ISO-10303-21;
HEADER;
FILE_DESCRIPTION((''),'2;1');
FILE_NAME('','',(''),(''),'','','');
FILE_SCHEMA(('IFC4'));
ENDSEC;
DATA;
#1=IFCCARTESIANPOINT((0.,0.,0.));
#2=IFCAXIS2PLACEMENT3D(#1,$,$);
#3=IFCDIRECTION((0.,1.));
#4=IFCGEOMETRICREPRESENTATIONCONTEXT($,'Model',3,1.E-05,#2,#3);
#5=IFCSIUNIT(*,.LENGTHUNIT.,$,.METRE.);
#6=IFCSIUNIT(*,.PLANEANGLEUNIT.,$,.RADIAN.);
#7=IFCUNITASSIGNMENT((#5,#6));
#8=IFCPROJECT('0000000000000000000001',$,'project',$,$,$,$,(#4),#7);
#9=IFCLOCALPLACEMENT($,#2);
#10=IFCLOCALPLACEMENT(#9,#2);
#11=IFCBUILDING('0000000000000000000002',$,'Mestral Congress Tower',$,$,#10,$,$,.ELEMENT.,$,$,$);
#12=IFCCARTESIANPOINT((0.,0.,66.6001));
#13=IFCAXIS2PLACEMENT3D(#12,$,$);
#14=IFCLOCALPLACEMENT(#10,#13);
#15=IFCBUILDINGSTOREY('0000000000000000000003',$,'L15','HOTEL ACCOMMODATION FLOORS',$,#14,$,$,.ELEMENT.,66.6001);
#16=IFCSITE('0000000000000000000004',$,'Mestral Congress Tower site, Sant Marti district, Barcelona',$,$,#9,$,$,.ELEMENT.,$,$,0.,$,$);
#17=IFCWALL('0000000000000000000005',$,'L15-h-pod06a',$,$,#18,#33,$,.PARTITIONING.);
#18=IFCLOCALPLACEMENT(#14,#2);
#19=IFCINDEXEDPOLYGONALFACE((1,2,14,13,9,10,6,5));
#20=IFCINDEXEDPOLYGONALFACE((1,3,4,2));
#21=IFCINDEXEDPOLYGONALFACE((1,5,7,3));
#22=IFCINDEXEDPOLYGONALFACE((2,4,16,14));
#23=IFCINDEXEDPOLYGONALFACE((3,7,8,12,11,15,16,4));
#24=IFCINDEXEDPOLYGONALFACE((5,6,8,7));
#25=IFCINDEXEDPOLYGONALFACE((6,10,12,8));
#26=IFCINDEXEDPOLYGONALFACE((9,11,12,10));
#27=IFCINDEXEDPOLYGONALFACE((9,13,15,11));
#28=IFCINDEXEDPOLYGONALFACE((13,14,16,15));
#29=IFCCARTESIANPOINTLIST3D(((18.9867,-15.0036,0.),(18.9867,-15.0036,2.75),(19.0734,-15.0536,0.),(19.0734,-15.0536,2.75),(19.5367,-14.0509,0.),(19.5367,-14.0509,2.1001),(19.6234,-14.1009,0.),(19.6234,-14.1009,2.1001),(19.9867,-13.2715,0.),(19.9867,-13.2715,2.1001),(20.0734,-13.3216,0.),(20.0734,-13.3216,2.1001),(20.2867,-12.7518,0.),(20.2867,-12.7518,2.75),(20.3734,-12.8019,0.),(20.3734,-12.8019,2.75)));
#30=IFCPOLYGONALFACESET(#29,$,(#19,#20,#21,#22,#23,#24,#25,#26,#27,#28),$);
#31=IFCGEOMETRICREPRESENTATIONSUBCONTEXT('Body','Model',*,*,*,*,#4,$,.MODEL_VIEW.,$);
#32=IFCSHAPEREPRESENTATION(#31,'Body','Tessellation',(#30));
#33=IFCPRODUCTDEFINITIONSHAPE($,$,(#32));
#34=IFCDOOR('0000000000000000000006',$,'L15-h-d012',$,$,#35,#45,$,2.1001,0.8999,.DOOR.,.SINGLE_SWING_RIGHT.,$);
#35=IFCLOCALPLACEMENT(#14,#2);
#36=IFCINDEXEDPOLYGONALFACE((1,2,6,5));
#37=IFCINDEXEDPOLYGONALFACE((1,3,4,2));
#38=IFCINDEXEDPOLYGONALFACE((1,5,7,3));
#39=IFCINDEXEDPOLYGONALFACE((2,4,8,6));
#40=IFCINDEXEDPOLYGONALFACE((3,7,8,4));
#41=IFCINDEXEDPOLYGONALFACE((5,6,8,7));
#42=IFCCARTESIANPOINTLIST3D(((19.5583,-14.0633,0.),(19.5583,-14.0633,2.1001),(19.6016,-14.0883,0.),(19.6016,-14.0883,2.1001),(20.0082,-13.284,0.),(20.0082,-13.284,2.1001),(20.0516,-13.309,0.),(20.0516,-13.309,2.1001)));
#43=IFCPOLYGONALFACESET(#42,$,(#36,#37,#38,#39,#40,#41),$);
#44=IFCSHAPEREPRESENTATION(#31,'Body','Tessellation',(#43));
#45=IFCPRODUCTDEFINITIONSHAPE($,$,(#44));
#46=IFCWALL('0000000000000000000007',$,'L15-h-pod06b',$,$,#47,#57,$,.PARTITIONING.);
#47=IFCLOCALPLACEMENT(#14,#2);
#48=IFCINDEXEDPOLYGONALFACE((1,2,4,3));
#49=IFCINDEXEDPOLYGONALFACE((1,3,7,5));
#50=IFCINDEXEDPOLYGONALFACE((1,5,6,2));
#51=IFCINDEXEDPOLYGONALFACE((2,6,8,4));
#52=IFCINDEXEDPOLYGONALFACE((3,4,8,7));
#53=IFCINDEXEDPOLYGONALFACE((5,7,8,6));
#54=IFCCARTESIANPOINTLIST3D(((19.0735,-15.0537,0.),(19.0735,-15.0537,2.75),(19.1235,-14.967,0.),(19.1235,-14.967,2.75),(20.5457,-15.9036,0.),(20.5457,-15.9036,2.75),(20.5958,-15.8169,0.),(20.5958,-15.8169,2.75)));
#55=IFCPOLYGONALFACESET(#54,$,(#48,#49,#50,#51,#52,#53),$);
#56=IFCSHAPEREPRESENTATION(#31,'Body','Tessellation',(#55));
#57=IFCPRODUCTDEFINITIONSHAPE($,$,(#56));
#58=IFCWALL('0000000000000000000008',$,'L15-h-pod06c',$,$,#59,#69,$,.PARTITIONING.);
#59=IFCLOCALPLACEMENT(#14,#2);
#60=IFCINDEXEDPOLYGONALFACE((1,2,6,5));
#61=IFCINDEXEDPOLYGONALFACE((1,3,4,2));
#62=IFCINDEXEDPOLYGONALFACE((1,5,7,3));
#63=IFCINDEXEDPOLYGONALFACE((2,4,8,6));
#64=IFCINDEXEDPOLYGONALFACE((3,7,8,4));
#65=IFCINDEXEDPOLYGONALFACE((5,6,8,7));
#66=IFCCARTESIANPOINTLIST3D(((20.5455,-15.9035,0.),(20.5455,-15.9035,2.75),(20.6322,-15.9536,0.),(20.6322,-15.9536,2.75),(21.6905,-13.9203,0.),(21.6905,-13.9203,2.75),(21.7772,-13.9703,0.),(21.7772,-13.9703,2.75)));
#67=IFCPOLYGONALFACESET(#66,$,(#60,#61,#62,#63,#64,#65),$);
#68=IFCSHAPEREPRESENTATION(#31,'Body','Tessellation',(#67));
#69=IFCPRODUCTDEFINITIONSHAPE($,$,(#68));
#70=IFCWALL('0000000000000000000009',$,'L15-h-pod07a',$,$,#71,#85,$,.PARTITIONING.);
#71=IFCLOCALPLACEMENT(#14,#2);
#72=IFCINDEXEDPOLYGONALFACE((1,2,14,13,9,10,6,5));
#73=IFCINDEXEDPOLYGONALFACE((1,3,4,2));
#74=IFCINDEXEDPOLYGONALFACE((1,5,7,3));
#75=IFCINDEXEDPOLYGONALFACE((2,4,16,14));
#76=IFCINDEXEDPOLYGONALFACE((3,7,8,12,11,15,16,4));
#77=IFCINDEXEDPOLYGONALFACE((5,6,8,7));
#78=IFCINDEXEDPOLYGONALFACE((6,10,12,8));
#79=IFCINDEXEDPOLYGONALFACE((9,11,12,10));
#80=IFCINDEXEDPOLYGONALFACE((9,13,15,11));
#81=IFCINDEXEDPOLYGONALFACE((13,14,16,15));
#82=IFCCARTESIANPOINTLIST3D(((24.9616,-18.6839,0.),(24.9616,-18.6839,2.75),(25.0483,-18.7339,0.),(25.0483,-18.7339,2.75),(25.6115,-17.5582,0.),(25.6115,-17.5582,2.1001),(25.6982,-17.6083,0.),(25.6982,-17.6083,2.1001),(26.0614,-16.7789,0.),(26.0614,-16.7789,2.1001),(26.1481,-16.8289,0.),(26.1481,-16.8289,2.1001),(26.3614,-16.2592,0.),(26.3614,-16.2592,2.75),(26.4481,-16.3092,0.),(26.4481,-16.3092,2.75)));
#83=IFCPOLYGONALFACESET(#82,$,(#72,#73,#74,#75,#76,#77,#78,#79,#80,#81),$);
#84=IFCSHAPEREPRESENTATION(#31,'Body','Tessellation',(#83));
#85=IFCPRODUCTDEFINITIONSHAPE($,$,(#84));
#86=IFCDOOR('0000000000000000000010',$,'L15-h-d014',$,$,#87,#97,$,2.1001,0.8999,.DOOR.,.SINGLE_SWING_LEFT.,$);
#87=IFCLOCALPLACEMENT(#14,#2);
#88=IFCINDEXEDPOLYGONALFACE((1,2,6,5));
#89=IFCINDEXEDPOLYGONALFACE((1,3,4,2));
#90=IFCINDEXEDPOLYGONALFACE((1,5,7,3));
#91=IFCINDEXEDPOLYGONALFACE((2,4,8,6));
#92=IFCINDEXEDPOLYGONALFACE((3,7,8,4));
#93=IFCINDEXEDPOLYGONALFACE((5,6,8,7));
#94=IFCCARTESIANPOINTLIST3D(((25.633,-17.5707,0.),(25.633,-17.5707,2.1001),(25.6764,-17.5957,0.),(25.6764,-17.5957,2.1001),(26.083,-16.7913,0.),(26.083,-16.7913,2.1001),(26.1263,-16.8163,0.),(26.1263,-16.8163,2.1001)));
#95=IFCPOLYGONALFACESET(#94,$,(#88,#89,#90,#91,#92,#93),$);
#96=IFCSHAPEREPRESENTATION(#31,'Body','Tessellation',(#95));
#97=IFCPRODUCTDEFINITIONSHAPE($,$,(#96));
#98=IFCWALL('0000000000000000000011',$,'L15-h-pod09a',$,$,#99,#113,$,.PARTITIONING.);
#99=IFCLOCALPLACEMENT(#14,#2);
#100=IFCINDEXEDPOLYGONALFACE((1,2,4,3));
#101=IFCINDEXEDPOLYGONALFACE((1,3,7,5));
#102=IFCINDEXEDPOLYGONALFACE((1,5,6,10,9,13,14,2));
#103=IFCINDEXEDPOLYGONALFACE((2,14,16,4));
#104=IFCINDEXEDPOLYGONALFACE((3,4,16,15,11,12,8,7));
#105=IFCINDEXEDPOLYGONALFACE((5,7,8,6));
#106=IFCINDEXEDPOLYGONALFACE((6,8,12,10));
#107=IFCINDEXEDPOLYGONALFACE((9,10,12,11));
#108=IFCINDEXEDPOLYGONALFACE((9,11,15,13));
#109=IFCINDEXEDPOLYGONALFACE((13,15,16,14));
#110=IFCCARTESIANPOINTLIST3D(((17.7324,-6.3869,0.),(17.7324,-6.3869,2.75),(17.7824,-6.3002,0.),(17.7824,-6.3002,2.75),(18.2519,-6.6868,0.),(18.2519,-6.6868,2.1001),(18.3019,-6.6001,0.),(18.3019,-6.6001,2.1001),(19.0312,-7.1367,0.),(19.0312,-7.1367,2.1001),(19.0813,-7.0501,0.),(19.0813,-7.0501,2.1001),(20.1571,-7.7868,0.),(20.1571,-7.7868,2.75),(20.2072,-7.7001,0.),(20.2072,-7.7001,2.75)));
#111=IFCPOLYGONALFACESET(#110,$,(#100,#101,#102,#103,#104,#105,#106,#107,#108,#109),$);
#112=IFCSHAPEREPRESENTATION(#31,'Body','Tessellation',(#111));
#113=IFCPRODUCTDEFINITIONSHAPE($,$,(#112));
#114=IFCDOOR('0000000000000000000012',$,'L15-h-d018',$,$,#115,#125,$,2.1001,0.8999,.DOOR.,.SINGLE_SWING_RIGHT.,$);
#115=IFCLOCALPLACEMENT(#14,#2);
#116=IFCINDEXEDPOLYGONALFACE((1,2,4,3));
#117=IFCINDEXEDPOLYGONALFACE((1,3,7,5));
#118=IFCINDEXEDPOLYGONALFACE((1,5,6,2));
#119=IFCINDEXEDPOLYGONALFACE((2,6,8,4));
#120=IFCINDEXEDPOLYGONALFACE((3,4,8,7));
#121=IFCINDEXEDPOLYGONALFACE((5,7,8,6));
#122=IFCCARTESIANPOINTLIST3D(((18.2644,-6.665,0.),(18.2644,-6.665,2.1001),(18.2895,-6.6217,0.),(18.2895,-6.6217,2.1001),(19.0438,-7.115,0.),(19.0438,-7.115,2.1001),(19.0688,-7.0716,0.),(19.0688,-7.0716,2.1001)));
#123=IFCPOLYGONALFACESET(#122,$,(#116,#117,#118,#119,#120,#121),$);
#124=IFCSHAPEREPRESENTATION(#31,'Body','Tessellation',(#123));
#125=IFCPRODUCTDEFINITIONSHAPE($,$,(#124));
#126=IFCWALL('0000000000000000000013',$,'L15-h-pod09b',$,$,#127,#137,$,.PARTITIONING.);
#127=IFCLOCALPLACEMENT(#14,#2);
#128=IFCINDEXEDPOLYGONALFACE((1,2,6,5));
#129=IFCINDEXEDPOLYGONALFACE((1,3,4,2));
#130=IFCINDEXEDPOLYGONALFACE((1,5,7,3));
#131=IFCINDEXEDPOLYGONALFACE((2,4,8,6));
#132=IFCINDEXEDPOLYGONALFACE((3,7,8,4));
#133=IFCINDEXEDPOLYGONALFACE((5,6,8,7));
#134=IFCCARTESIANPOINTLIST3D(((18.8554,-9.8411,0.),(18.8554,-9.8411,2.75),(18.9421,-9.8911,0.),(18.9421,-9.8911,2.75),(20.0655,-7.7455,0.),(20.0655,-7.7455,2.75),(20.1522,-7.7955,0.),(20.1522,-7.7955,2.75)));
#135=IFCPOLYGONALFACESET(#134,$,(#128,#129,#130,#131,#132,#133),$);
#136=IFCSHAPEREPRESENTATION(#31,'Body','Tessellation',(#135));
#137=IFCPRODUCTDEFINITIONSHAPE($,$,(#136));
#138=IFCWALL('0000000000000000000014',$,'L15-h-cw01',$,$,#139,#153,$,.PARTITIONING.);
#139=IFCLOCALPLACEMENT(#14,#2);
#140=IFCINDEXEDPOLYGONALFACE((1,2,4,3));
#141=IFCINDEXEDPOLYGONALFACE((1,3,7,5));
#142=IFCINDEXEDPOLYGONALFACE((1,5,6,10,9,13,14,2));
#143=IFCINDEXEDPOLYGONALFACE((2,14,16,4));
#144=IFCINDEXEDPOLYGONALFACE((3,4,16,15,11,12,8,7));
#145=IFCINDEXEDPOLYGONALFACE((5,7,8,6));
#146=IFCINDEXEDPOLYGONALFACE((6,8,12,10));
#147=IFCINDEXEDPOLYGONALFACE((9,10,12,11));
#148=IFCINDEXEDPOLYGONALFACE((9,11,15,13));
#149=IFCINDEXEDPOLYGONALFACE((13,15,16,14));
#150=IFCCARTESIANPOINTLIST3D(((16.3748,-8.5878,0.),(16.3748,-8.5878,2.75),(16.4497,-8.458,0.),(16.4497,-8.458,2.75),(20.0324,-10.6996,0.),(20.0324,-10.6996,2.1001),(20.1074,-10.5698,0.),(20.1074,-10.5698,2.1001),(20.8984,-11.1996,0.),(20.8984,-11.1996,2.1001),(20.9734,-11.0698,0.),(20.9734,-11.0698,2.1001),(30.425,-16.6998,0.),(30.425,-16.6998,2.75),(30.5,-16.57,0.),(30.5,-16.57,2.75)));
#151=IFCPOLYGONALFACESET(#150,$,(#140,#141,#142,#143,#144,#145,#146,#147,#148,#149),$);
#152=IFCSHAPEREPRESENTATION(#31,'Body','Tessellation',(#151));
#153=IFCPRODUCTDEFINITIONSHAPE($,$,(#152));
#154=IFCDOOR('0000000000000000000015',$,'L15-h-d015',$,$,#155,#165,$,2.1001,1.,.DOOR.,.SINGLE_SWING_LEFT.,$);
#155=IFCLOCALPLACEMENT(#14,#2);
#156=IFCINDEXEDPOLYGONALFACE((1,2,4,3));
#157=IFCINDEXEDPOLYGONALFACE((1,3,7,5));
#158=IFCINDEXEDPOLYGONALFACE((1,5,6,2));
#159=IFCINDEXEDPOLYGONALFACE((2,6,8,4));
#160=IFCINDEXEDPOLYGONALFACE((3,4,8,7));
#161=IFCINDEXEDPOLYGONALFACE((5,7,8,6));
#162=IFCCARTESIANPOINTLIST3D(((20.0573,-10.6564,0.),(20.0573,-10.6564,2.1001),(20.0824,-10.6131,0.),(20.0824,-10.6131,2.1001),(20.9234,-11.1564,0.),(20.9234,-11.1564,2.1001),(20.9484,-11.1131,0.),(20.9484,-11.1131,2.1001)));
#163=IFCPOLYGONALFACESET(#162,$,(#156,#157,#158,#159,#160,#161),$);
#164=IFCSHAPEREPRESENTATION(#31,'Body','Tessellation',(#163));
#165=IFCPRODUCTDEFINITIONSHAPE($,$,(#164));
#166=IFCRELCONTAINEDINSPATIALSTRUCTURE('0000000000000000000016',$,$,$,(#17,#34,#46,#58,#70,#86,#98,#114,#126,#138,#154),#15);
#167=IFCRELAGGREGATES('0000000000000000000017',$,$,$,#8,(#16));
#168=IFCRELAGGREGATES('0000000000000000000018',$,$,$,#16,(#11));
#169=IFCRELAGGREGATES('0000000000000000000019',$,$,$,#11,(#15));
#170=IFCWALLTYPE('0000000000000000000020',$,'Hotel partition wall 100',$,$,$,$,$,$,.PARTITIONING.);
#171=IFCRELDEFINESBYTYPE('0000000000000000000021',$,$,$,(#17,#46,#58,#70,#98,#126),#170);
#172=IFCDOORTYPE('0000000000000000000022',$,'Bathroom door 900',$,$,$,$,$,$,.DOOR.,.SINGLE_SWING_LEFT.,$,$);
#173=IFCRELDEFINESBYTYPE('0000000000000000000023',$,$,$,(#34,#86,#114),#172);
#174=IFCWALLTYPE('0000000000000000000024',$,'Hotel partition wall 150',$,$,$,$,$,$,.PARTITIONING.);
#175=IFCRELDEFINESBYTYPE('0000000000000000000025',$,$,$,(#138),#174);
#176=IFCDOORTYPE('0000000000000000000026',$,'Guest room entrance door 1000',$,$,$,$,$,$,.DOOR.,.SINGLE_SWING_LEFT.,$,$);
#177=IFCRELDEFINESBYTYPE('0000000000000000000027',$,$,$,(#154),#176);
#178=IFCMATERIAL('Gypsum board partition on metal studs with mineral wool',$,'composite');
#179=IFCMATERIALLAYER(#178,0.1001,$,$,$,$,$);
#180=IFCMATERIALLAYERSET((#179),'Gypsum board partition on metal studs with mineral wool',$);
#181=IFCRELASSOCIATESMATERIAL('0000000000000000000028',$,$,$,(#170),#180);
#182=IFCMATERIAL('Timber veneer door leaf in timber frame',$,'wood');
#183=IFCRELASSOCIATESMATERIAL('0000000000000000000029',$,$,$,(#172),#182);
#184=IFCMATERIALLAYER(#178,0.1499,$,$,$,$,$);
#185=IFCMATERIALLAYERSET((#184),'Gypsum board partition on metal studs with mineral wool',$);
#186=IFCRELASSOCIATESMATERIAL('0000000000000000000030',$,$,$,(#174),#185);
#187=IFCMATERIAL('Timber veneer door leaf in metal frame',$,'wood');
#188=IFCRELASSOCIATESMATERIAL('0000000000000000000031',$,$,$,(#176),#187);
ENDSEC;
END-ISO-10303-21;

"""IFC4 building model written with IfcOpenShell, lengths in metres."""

from ifc_helpers import new_model, si_unit, direction, frame, frame_2d, origin, place, context, subcontext, project, spatial, rectangle, extrude, material, layer, layer_set, type_object, element, fill, save


model = new_model("IFC4")

# Units and contexts
model_context = context("Model", 3, precision=1e-05, world=origin(), true_north=direction((0.0, 1.0)))
body_context = subcontext(model_context, "Body", "Model", "MODEL_VIEW")
ifc_project = project(units=[si_unit("LENGTHUNIT", "METRE"), si_unit("PLANEANGLEUNIT", "RADIAN")], contexts=[model_context])

# Site, building, storey
site_placement = place(None, origin())
site = spatial("IfcSite", under=ifc_project, at=site_placement, Name="Mestral Congress Tower site, Sant Marti district, Barcelona", CompositionType="ELEMENT", RefElevation=0.0)
building_placement = place(site_placement, origin())
building = spatial("IfcBuilding", under=site, at=building_placement, Name="Mestral Congress Tower", CompositionType="ELEMENT")
storey_placement = place(building_placement, frame((0.0, 0.0, 66.6001)))
storey = spatial("IfcBuildingStorey", under=building, at=storey_placement, Name="L15", Description="HOTEL ACCOMMODATION FLOORS", CompositionType="ELEMENT", Elevation=66.6001)

# Wall, opening, door
ifc_material_1 = material(Name="Gypsum board partition on metal studs with mineral wool", Category="composite")
ifc_layer_1 = layer(ifc_material_1, 0.1001)
ifc_layer_set_1 = layer_set([ifc_layer_1], Name="Gypsum board partition on metal studs with mineral wool")
wall_type_1 = type_object("IfcWallType", Name="Hotel partition wall 100", PredefinedType="PARTITIONING", material=ifc_layer_set_1)
wall_1_placement = place(storey_placement, frame((20.3301, -12.7769, 0.0), z_axis=(0.0, 0.0, 1.0), x_axis=(-0.500007, -0.866021, 0.0)))
wall_1 = element("IfcWall", 1, at=wall_1_placement, inside=storey, type_object=wall_type_1, Name="L15-h-pod06a", PredefinedType="PARTITIONING", context=body_context, shape_type="SweptSolid", body=[
    extrude(rectangle(XDim=2.6001, YDim=0.1001, at=frame_2d((1.3, 0.0))), origin(), (0.0, 0.0, 1.0), 2.75),
])
opening_1_placement = place(wall_1_placement, frame((0.6001, 0.0, 0.0)))
opening_1 = element("IfcOpeningElement", 2, at=opening_1_placement, cuts=wall_1, PredefinedType="OPENING", context=body_context, shape_type="SweptSolid", body=[
    extrude(rectangle(XDim=0.8999, YDim=2.1001, at=frame_2d((0.45, 1.05))), frame((0.0, 0.0601, 0.0), z_axis=(0.0, -1.0, 0.0), x_axis=(1.0, 0.0, 0.0)), (0.0, 0.0, 1.0), 0.1201),
])
ifc_material_2 = material(Name="Timber veneer door leaf in timber frame", Category="wood")
door_type_1 = type_object("IfcDoorType", Name="Bathroom door 900", OperationType="SINGLE_SWING_LEFT", PredefinedType="DOOR", material=ifc_material_2)
door_1_placement = place(opening_1_placement, origin())
door_1 = element("IfcDoor", 3, at=door_1_placement, inside=storey, type_object=door_type_1, Name="L15-h-d012", OperationType="SINGLE_SWING_RIGHT", OverallHeight=2.1001, OverallWidth=0.8999, PredefinedType="DOOR", context=body_context, shape_type="SweptSolid", body=[
    extrude(rectangle(XDim=0.8999, YDim=2.1001, at=frame_2d((0.45, 1.05))), frame((0.0, 0.0249, 0.0), z_axis=(0.0, -1.0, 0.0), x_axis=(1.0, 0.0, 0.0)), (0.0, 0.0, 1.0), 0.05),
])
fill(opening_1, door_1)

# Walls
wall_2_placement = place(storey_placement, frame((19.0984, -15.0103, 0.0), z_axis=(0.0, 0.0, 1.0), x_axis=(0.866052, -0.499955, 0.0)))
element("IfcWall", 4, at=wall_2_placement, inside=storey, type_object=wall_type_1, Name="L15-h-pod06b", PredefinedType="PARTITIONING", context=body_context, shape_type="SweptSolid", body=[
    extrude(rectangle(XDim=1.7, YDim=0.1001, at=frame_2d((0.8501, 0.0))), origin(), (0.0, 0.0, 1.0), 2.75),
])
wall_3_placement = place(storey_placement, frame((21.7339, -13.9453, 0.0), z_axis=(0.0, 0.0, 1.0), x_axis=(-0.500015, -0.866017, 0.0)))
element("IfcWall", 5, at=wall_3_placement, inside=storey, type_object=wall_type_1, Name="L15-h-pod06c", PredefinedType="PARTITIONING", context=body_context, shape_type="SweptSolid", body=[
    extrude(rectangle(XDim=2.29, YDim=0.1001, at=frame_2d((1.145, 0.0))), origin(), (0.0, 0.0, 1.0), 2.75),
])

# Walls, openings, doors
wall_4_placement = place(storey_placement, frame((26.4048, -16.2842, 0.0), z_axis=(0.0, 0.0, 1.0), x_axis=(-0.499984, -0.866035, 0.0)))
wall_4 = element("IfcWall", 6, at=wall_4_placement, inside=storey, type_object=wall_type_1, Name="L15-h-pod07a", PredefinedType="PARTITIONING", context=body_context, shape_type="SweptSolid", body=[
    extrude(rectangle(XDim=2.7998, YDim=0.1001, at=frame_2d((1.3999, 0.0))), origin(), (0.0, 0.0, 1.0), 2.75),
])
opening_2_placement = place(wall_4_placement, frame((0.6001, 0.0, 0.0)))
opening_2 = element("IfcOpeningElement", 7, at=opening_2_placement, cuts=wall_4, PredefinedType="OPENING", context=body_context, shape_type="SweptSolid", body=[
    extrude(rectangle(XDim=0.8999, YDim=2.1001, at=frame_2d((0.45, 1.05))), frame((0.0, 0.0601, 0.0), z_axis=(0.0, -1.0, 0.0), x_axis=(1.0, 0.0, 0.0)), (0.0, 0.0, 1.0), 0.1201),
])
door_2_placement = place(opening_2_placement, origin())
door_2 = element("IfcDoor", 8, at=door_2_placement, inside=storey, type_object=door_type_1, Name="L15-h-d014", OperationType="SINGLE_SWING_LEFT", OverallHeight=2.1001, OverallWidth=0.8999, PredefinedType="DOOR", context=body_context, shape_type="SweptSolid", body=[
    extrude(rectangle(XDim=0.8999, YDim=2.1001, at=frame_2d((0.45, 1.05))), frame((0.0, 0.0249, 0.0), z_axis=(0.0, -1.0, 0.0), x_axis=(1.0, 0.0, 0.0)), (0.0, 0.0, 1.0), 0.05),
])
fill(opening_2, door_2)
wall_5_placement = place(storey_placement, frame((20.1821, -7.7434, 0.0), z_axis=(0.0, 0.0, 1.0), x_axis=(-0.866035, 0.499984, 0.0)))
wall_5 = element("IfcWall", 9, at=wall_5_placement, inside=storey, type_object=wall_type_1, Name="L15-h-pod09a", PredefinedType="PARTITIONING", context=body_context, shape_type="SweptSolid", body=[
    extrude(rectangle(XDim=2.7998, YDim=0.1001, at=frame_2d((1.3999, 0.0))), origin(), (0.0, 0.0, 1.0), 2.75),
])
opening_3_placement = place(wall_5_placement, frame((1.3, 0.0, 0.0)))
opening_3 = element("IfcOpeningElement", 10, at=opening_3_placement, cuts=wall_5, PredefinedType="OPENING", context=body_context, shape_type="SweptSolid", body=[
    extrude(rectangle(XDim=0.8999, YDim=2.1001, at=frame_2d((0.45, 1.05))), frame((0.0, 0.0601, 0.0), z_axis=(0.0, -1.0, 0.0), x_axis=(1.0, 0.0, 0.0)), (0.0, 0.0, 1.0), 0.1201),
])
door_3_placement = place(opening_3_placement, origin())
door_3 = element("IfcDoor", 11, at=door_3_placement, inside=storey, type_object=door_type_1, Name="L15-h-d018", OperationType="SINGLE_SWING_RIGHT", OverallHeight=2.1001, OverallWidth=0.8999, PredefinedType="DOOR", context=body_context, shape_type="SweptSolid", body=[
    extrude(rectangle(XDim=0.8999, YDim=2.1001, at=frame_2d((0.45, 1.05))), frame((0.0, 0.0249, 0.0), z_axis=(0.0, -1.0, 0.0), x_axis=(1.0, 0.0, 0.0)), (0.0, 0.0, 1.0), 0.05),
])
fill(opening_3, door_3)

# Wall
wall_6_placement = place(storey_placement, frame((20.1089, -7.7705, 0.0), z_axis=(0.0, 0.0, 1.0), x_axis=(-0.500078, -0.865981, 0.0)))
element("IfcWall", 12, at=wall_6_placement, inside=storey, type_object=wall_type_1, Name="L15-h-pod09b", PredefinedType="PARTITIONING", context=body_context, shape_type="SweptSolid", body=[
    extrude(rectangle(XDim=2.4199, YDim=0.1001, at=frame_2d((1.21, 0.0))), origin(), (0.0, 0.0, 1.0), 2.75),
])

# Wall, opening, door
ifc_layer_2 = layer(ifc_material_1, 0.1499)
ifc_layer_set_2 = layer_set([ifc_layer_2], Name="Gypsum board partition on metal studs with mineral wool")
wall_type_2 = type_object("IfcWallType", Name="Hotel partition wall 150", PredefinedType="PARTITIONING", material=ifc_layer_set_2)
wall_7_placement = place(storey_placement, frame((16.4124, -8.5229, 0.0), z_axis=(0.0, 0.0, 1.0), x_axis=(0.866022, -0.500006, 0.0)))
wall_7 = element("IfcWall", 13, at=wall_7_placement, inside=storey, type_object=wall_type_2, Name="L15-h-cw01", PredefinedType="PARTITIONING", context=body_context, shape_type="SweptSolid", body=[
    extrude(rectangle(XDim=16.2239, YDim=0.1499, at=frame_2d((8.1118, 0.0))), origin(), (0.0, 0.0, 1.0), 2.75),
])
opening_4_placement = place(wall_7_placement, frame((4.2234, 0.0, 0.0)))
opening_4 = element("IfcOpeningElement", 14, at=opening_4_placement, cuts=wall_7, PredefinedType="OPENING", context=body_context, shape_type="SweptSolid", body=[
    extrude(rectangle(XDim=1.0, YDim=2.1001, at=frame_2d((0.5, 1.05))), frame((0.0, 0.085, 0.0), z_axis=(0.0, -1.0, 0.0), x_axis=(1.0, 0.0, 0.0)), (0.0, 0.0, 1.0), 0.1699),
])
ifc_material_3 = material(Name="Timber veneer door leaf in metal frame", Category="wood")
door_type_2 = type_object("IfcDoorType", Name="Guest room entrance door 1000", OperationType="SINGLE_SWING_LEFT", PredefinedType="DOOR", material=ifc_material_3)
door_4_placement = place(opening_4_placement, origin())
door_4 = element("IfcDoor", 15, at=door_4_placement, inside=storey, type_object=door_type_2, Name="L15-h-d015", OperationType="SINGLE_SWING_LEFT", OverallHeight=2.1001, OverallWidth=1.0, PredefinedType="DOOR", context=body_context, shape_type="SweptSolid", body=[
    extrude(rectangle(XDim=1.0, YDim=2.1001, at=frame_2d((0.5, 1.05))), frame((0.0, 0.0249, 0.0), z_axis=(0.0, -1.0, 0.0), x_axis=(1.0, 0.0, 0.0)), (0.0, 0.0, 1.0), 0.05),
])
fill(opening_4, door_4)

save(model, "model.ifc")
